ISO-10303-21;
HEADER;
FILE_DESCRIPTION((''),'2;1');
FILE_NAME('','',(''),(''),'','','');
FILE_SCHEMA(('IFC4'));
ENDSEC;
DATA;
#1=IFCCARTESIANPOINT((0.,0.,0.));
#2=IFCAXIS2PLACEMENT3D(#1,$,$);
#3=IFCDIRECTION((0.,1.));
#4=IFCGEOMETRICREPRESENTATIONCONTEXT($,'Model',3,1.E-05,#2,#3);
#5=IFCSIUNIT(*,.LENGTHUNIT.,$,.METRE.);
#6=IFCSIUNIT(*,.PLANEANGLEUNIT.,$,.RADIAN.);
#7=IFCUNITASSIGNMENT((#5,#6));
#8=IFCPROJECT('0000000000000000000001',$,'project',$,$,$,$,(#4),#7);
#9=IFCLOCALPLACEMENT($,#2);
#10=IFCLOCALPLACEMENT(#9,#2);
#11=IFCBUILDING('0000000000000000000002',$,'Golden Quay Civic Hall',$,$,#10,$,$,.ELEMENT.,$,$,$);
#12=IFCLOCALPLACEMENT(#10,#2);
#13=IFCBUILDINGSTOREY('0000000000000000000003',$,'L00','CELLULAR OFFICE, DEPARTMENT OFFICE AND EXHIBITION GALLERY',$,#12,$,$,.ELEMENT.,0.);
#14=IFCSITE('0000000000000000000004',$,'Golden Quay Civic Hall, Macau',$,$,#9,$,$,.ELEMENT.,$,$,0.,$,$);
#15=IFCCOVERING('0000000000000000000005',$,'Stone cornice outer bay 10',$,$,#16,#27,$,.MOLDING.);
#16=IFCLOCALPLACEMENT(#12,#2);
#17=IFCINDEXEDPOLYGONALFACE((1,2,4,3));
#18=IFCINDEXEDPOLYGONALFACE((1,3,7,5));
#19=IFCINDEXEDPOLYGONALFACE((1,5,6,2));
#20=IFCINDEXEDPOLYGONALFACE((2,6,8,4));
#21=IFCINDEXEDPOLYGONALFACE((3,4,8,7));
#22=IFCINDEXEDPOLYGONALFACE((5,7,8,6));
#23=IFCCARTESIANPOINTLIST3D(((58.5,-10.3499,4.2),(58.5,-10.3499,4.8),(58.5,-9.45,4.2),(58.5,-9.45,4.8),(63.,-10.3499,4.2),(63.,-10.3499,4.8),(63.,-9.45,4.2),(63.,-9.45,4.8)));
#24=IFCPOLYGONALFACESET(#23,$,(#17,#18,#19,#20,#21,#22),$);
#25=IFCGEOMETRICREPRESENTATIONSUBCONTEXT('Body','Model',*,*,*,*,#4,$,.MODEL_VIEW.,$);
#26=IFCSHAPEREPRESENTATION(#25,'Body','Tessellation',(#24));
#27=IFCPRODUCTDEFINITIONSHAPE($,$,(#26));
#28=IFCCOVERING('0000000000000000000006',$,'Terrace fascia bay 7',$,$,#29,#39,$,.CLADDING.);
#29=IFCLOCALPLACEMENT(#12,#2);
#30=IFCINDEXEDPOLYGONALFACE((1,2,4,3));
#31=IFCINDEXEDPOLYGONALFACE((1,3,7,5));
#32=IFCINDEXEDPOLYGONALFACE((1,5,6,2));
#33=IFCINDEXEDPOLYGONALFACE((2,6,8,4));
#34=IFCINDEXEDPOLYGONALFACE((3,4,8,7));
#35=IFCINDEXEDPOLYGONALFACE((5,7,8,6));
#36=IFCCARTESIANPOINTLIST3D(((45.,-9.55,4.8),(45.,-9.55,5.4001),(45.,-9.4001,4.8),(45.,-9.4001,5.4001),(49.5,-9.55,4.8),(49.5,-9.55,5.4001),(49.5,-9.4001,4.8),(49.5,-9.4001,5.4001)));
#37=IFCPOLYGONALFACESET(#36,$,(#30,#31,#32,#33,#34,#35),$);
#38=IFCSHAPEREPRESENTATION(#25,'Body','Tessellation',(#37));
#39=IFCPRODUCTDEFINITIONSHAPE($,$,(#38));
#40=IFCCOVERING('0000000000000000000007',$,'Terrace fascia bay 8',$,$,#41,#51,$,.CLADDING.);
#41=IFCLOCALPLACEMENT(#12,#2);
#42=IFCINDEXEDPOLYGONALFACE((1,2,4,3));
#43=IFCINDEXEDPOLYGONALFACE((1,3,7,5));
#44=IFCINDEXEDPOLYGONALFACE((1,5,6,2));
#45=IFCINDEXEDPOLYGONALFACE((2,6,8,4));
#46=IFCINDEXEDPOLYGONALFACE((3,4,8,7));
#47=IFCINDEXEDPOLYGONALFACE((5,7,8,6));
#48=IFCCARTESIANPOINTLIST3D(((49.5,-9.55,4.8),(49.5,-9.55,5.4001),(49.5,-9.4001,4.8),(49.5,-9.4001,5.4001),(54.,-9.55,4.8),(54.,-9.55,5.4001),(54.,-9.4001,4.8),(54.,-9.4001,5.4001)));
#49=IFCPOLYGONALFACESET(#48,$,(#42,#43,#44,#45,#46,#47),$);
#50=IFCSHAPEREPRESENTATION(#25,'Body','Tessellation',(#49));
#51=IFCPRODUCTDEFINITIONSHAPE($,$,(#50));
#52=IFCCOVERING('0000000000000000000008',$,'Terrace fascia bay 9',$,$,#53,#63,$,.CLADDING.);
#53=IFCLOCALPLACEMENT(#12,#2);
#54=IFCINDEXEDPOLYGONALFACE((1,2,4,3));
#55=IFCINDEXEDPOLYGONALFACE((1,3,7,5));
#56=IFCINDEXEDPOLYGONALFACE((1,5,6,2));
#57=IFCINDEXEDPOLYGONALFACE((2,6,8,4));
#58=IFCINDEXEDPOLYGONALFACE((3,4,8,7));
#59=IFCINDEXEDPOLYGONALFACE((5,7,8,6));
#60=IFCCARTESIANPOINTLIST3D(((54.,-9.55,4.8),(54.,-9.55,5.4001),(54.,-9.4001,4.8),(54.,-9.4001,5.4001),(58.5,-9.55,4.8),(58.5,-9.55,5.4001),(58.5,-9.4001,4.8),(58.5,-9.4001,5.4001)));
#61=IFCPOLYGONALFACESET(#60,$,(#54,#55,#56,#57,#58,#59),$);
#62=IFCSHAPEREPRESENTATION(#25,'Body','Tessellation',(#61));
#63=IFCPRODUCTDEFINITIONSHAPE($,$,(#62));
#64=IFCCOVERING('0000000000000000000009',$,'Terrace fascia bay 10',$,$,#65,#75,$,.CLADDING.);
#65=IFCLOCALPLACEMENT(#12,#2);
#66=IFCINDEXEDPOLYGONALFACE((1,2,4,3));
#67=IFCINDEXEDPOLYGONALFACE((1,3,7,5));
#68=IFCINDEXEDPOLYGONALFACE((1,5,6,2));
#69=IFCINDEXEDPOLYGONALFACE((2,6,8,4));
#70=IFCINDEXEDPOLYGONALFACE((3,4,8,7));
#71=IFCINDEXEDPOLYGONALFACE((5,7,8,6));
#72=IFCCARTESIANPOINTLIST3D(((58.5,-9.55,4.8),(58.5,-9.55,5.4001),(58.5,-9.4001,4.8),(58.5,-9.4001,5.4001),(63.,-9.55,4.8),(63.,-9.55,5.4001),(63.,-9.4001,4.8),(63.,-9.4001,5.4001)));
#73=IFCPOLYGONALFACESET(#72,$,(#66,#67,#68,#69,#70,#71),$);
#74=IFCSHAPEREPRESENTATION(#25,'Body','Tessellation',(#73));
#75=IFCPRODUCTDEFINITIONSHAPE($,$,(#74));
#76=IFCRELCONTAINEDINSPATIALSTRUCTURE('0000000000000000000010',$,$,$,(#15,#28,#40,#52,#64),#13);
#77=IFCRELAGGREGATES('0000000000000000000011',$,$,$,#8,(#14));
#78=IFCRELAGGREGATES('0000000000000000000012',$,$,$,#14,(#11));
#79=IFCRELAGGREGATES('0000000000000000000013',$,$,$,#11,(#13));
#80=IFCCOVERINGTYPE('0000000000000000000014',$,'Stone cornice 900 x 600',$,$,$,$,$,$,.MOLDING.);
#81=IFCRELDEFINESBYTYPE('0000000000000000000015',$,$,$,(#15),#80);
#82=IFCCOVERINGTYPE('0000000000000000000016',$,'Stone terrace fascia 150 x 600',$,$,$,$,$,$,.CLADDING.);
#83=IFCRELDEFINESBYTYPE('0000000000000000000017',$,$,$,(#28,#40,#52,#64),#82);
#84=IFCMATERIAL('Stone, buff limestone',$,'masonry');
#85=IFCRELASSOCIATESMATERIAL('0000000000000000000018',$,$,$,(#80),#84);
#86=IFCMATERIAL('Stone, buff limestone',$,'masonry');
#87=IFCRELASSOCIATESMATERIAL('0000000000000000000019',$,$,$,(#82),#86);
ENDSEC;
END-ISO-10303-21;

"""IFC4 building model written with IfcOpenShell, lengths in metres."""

from ifc_helpers import new_model, si_unit, direction, frame, origin, origin_2d, place, context, subcontext, project, spatial, rectangle, extrude, material, material_profile, profile_set, type_object, element, save


model = new_model("IFC4")

# Units and contexts
model_context = context("Model", 3, precision=1e-05, world=origin(), true_north=direction((0.0, 1.0)))
body_context = subcontext(model_context, "Body", "Model", "MODEL_VIEW")
ifc_project = project(units=[si_unit("LENGTHUNIT", "METRE"), si_unit("PLANEANGLEUNIT", "RADIAN")], contexts=[model_context])

# Site, building, storey
site_placement = place(None, origin())
site = spatial("IfcSite", under=ifc_project, at=site_placement, Name="Golden Quay Civic Hall, Macau", CompositionType="ELEMENT", RefElevation=0.0)
building_placement = place(site_placement, origin())
building = spatial("IfcBuilding", under=site, at=building_placement, Name="Golden Quay Civic Hall", CompositionType="ELEMENT")
storey_placement = place(building_placement, origin())
storey = spatial("IfcBuildingStorey", under=building, at=storey_placement, Name="L00", Description="CELLULAR OFFICE, DEPARTMENT OFFICE AND EXHIBITION GALLERY", CompositionType="ELEMENT", Elevation=0.0)

# Coverings
ifc_material_1 = material(Name="Stone, buff limestone", Category="masonry")
ifc_material_profile_1 = material_profile(ifc_material_1, rectangle(XDim=0.8999, YDim=0.6001, at=origin_2d()), Name="RC 900x600")
ifc_profile_set_1 = profile_set([ifc_material_profile_1], Name="Stone, buff limestone")
covering_type_1 = type_object("IfcCoveringType", Name="Stone cornice 900 x 600", PredefinedType="MOLDING", material=ifc_profile_set_1)
for number, where, z_axis, x_axis, name in (
    (1, (58.5, -9.8999, 4.5), (1.0, 0.0, 0.0), (0.0, 1.0, 0.0), "Stone cornice outer bay 10"),
):
    element("IfcCovering", number, at=place(storey_placement, frame(where, z_axis=z_axis, x_axis=x_axis)), inside=storey, type_object=covering_type_1, Name=name, PredefinedType="MOLDING", context=body_context, shape_type="SweptSolid", body=[
        extrude(rectangle(XDim=0.8999, YDim=0.6001, at=origin_2d()), origin(), (0.0, 0.0, 1.0), 4.5),
    ])
ifc_material_2 = material(Name="Stone, buff limestone", Category="masonry")
ifc_material_profile_2 = material_profile(ifc_material_2, rectangle(XDim=0.1499, YDim=0.6001, at=origin_2d()), Name="RC 150x600")
ifc_profile_set_2 = profile_set([ifc_material_profile_2], Name="Stone, buff limestone")
covering_type_2 = type_object("IfcCoveringType", Name="Stone terrace fascia 150 x 600", PredefinedType="CLADDING", material=ifc_profile_set_2)
for number, where, z_axis, x_axis, name in (
    (2, (45.0, -9.4751, 5.1001), (1.0, 0.0, 0.0), (0.0, 1.0, 0.0), "Terrace fascia bay 7"),
    (3, (49.5, -9.4751, 5.1001), (1.0, 0.0, 0.0), (0.0, 1.0, 0.0), "Terrace fascia bay 8"),
    (4, (54.0, -9.4751, 5.1001), (1.0, 0.0, 0.0), (0.0, 1.0, 0.0), "Terrace fascia bay 9"),
    (5, (58.5, -9.4751, 5.1001), (1.0, 0.0, 0.0), (0.0, 1.0, 0.0), "Terrace fascia bay 10"),
):
    element("IfcCovering", number, at=place(storey_placement, frame(where, z_axis=z_axis, x_axis=x_axis)), inside=storey, type_object=covering_type_2, Name=name, PredefinedType="CLADDING", context=body_context, shape_type="SweptSolid", body=[
        extrude(rectangle(XDim=0.1499, YDim=0.6001, at=origin_2d()), origin(), (0.0, 0.0, 1.0), 4.5),
    ])

save(model, "model.ifc")
